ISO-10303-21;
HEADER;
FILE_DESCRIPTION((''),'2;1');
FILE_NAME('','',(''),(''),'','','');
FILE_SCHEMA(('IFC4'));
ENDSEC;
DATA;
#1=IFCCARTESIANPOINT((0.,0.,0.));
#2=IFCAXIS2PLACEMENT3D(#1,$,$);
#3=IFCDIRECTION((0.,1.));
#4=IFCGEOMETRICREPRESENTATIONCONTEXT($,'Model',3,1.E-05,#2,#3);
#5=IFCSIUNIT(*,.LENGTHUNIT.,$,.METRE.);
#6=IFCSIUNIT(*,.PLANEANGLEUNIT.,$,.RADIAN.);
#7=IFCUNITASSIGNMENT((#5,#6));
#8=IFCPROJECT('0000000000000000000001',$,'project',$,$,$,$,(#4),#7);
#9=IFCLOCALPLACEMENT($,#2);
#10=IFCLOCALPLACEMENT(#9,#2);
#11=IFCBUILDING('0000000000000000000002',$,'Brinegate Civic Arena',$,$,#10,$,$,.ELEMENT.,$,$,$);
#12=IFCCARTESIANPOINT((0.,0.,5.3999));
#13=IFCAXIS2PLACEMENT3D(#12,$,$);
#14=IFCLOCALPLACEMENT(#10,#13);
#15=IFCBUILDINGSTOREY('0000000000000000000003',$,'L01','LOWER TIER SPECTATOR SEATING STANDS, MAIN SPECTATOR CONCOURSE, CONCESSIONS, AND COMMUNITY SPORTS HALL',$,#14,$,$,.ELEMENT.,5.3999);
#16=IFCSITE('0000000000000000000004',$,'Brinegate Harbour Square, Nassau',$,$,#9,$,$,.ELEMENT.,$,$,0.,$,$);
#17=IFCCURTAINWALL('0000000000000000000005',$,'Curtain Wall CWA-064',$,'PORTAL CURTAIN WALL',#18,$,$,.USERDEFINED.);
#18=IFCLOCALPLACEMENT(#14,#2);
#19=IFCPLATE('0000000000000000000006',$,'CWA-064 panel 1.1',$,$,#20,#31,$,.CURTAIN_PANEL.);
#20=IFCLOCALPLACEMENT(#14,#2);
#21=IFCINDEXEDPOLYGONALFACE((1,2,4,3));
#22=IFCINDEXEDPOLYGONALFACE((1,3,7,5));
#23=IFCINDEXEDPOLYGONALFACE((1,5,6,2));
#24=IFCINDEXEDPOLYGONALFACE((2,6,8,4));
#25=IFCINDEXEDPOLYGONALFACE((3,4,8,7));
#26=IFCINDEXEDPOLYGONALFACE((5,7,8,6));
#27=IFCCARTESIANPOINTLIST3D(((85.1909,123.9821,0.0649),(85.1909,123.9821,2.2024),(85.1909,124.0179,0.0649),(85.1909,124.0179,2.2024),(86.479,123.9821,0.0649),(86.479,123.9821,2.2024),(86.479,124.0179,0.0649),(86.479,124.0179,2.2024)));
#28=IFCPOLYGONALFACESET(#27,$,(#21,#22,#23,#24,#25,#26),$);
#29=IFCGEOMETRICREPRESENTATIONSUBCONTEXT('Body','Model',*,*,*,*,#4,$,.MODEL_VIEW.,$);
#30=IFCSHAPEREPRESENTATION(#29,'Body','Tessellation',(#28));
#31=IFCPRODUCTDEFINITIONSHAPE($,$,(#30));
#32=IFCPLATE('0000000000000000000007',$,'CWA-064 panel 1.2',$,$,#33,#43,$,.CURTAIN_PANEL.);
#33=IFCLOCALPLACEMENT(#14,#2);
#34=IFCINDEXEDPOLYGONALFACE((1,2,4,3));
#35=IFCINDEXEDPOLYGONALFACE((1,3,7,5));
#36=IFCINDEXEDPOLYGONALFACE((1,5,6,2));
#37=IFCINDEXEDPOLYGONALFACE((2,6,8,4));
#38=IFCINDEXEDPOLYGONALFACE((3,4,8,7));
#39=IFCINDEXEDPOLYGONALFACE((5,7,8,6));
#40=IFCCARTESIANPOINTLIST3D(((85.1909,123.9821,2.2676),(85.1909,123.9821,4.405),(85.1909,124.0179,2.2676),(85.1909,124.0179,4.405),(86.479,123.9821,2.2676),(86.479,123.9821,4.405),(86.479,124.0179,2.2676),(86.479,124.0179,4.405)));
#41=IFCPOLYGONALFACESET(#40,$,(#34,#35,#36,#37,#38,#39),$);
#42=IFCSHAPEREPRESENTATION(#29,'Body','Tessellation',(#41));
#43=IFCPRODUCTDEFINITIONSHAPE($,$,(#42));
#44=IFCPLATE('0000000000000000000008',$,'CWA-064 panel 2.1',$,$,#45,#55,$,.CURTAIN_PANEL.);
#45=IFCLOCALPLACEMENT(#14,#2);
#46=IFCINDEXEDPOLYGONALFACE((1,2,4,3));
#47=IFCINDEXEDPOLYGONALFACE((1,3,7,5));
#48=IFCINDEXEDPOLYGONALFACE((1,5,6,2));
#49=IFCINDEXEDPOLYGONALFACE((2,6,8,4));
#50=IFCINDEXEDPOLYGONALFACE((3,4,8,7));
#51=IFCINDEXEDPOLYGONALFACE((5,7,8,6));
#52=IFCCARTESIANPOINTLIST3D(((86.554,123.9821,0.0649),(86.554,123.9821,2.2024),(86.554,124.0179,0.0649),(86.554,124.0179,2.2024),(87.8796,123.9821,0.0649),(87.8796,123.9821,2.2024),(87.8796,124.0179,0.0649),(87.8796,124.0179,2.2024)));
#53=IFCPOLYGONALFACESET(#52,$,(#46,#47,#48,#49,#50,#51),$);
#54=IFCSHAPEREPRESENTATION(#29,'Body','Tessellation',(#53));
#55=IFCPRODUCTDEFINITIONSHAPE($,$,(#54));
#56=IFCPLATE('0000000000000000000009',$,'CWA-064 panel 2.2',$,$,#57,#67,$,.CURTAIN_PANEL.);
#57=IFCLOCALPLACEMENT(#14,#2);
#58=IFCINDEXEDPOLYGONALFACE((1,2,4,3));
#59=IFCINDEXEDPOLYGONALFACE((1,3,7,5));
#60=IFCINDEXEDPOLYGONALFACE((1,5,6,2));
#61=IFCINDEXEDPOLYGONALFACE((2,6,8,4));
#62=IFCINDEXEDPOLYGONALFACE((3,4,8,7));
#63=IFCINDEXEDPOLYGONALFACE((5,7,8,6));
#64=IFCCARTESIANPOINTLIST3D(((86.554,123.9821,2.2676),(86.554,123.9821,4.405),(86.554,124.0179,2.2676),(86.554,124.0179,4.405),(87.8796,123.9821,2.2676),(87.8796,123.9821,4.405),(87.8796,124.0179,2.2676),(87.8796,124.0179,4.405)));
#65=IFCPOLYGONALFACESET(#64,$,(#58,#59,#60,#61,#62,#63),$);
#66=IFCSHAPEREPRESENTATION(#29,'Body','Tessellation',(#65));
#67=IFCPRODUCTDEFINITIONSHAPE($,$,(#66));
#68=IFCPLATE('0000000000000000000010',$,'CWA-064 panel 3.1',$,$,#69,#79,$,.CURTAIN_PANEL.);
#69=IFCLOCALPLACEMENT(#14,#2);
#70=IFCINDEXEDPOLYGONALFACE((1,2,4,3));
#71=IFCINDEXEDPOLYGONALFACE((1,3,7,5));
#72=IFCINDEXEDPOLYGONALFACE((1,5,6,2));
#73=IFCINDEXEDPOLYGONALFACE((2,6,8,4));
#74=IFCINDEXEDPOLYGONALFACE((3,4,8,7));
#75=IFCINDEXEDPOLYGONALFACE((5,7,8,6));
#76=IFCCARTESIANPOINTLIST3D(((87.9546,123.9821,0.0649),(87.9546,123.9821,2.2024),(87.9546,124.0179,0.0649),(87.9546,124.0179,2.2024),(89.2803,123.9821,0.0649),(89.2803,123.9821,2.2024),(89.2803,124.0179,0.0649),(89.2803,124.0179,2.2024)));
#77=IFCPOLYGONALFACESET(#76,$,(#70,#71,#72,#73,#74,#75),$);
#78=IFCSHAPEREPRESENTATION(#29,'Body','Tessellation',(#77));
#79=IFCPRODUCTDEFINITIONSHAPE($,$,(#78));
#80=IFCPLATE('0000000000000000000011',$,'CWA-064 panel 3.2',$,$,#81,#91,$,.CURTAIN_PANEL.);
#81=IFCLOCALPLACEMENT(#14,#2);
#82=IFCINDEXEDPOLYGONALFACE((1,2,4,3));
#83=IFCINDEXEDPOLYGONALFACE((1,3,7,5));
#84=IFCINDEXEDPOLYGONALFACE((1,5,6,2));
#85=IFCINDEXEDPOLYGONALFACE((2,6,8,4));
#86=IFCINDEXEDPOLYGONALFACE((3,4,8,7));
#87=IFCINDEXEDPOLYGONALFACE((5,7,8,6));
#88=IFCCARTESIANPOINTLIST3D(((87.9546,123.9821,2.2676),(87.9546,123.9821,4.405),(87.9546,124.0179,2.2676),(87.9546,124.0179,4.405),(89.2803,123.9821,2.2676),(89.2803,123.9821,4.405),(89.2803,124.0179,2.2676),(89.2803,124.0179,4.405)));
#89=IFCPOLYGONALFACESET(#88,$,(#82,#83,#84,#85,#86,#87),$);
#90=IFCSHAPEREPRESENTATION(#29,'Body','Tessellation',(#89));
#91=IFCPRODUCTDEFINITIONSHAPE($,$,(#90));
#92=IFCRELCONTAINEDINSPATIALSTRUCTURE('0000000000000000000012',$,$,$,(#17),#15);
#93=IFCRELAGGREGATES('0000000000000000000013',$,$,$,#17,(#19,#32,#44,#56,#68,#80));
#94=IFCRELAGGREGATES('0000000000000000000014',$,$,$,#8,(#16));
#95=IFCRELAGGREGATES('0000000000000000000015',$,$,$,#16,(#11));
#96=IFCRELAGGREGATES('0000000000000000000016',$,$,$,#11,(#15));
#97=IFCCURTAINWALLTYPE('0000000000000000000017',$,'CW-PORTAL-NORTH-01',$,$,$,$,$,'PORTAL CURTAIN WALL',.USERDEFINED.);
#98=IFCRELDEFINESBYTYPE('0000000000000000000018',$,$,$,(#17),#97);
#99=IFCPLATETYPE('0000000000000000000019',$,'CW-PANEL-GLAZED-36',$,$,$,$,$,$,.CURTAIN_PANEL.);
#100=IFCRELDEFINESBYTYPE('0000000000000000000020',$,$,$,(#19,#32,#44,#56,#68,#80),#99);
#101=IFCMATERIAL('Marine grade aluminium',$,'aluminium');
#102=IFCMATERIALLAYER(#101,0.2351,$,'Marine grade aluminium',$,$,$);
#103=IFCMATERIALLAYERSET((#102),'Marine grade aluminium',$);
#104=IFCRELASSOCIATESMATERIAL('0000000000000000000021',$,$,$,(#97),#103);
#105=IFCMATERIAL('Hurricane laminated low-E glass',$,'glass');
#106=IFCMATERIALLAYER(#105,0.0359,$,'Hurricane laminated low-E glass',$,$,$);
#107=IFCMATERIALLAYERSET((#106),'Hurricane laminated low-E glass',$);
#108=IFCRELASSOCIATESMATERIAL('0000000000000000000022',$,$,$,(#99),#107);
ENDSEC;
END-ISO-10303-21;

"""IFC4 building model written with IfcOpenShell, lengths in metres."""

from ifc_helpers import new_model, si_unit, direction, frame, origin, origin_2d, place, context, subcontext, project, spatial, rectangle, extrude, material, layer, layer_set, type_object, element, aggregate, save


model = new_model("IFC4")

# Units and contexts
model_context = context("Model", 3, precision=1e-05, world=origin(), true_north=direction((0.0, 1.0)))
body_context = subcontext(model_context, "Body", "Model", "MODEL_VIEW")
ifc_project = project(units=[si_unit("LENGTHUNIT", "METRE"), si_unit("PLANEANGLEUNIT", "RADIAN")], contexts=[model_context])

# Site, building, storey
site_placement = place(None, origin())
site = spatial("IfcSite", under=ifc_project, at=site_placement, Name="Brinegate Harbour Square, Nassau", CompositionType="ELEMENT", RefElevation=0.0)
building_placement = place(site_placement, origin())
building = spatial("IfcBuilding", under=site, at=building_placement, Name="Brinegate Civic Arena", CompositionType="ELEMENT")
storey_placement = place(building_placement, frame((0.0, 0.0, 5.3999)))
storey = spatial("IfcBuildingStorey", under=building, at=storey_placement, Name="L01", Description="LOWER TIER SPECTATOR SEATING STANDS, MAIN SPECTATOR CONCOURSE, CONCESSIONS, AND COMMUNITY SPORTS HALL", CompositionType="ELEMENT", Elevation=5.3999)

# Curtain wall
ifc_material_1 = material(Name="Marine grade aluminium", Category="aluminium")
ifc_layer_1 = layer(ifc_material_1, 0.2351, Name="Marine grade aluminium")
ifc_layer_set_1 = layer_set([ifc_layer_1], Name="Marine grade aluminium")
curtain_wall_type = type_object("IfcCurtainWallType", Name="CW-PORTAL-NORTH-01", ElementType="PORTAL CURTAIN WALL", PredefinedType="USERDEFINED", material=ifc_layer_set_1)
curtain_wall_placement = place(storey_placement, origin())
curtain_wall = element("IfcCurtainWall", 1, at=curtain_wall_placement, inside=storey, type_object=curtain_wall_type, Name="Curtain Wall CWA-064", ObjectType="PORTAL CURTAIN WALL", PredefinedType="USERDEFINED")

# Plates
ifc_material_2 = material(Name="Hurricane laminated low-E glass", Category="glass")
ifc_layer_2 = layer(ifc_material_2, 0.0359, Name="Hurricane laminated low-E glass")
ifc_layer_set_2 = layer_set([ifc_layer_2], Name="Hurricane laminated low-E glass")
plate_type = type_object("IfcPlateType", Name="CW-PANEL-GLAZED-36", PredefinedType="CURTAIN_PANEL", material=ifc_layer_set_2)
plate_1_placement = place(storey_placement, frame((85.835, 124.0, 0.0649), z_axis=(0.0, 0.0, 1.0), x_axis=(1.0, 0.0, 0.0)))
plate_1 = element("IfcPlate", 2, at=plate_1_placement, type_object=plate_type, Name="CWA-064 panel 1.1", PredefinedType="CURTAIN_PANEL", context=body_context, shape_type="SweptSolid", body=[
    extrude(rectangle(XDim=1.2881, YDim=0.0359, at=origin_2d()), origin(), (0.0, 0.0, 1.0), 2.1375),
])
plate_2_placement = place(storey_placement, frame((85.835, 124.0, 2.2676), z_axis=(0.0, 0.0, 1.0), x_axis=(1.0, 0.0, 0.0)))
plate_2 = element("IfcPlate", 3, at=plate_2_placement, type_object=plate_type, Name="CWA-064 panel 1.2", PredefinedType="CURTAIN_PANEL", context=body_context, shape_type="SweptSolid", body=[
    extrude(rectangle(XDim=1.2881, YDim=0.0359, at=origin_2d()), origin(), (0.0, 0.0, 1.0), 2.1375),
])
plate_3_placement = place(storey_placement, frame((87.2168, 124.0, 0.0649), z_axis=(0.0, 0.0, 1.0), x_axis=(1.0, 0.0, 0.0)))
plate_3 = element("IfcPlate", 4, at=plate_3_placement, type_object=plate_type, Name="CWA-064 panel 2.1", PredefinedType="CURTAIN_PANEL", context=body_context, shape_type="SweptSolid", body=[
    extrude(rectangle(XDim=1.3257, YDim=0.0359, at=origin_2d()), origin(), (0.0, 0.0, 1.0), 2.1375),
])
plate_4_placement = place(storey_placement, frame((87.2168, 124.0, 2.2676), z_axis=(0.0, 0.0, 1.0), x_axis=(1.0, 0.0, 0.0)))
plate_4 = element("IfcPlate", 5, at=plate_4_placement, type_object=plate_type, Name="CWA-064 panel 2.2", PredefinedType="CURTAIN_PANEL", context=body_context, shape_type="SweptSolid", body=[
    extrude(rectangle(XDim=1.3257, YDim=0.0359, at=origin_2d()), origin(), (0.0, 0.0, 1.0), 2.1375),
])
plate_5_placement = place(storey_placement, frame((88.6174, 124.0, 0.0649), z_axis=(0.0, 0.0, 1.0), x_axis=(1.0, 0.0, 0.0)))
plate_5 = element("IfcPlate", 6, at=plate_5_placement, type_object=plate_type, Name="CWA-064 panel 3.1", PredefinedType="CURTAIN_PANEL", context=body_context, shape_type="SweptSolid", body=[
    extrude(rectangle(XDim=1.3257, YDim=0.0359, at=origin_2d()), origin(), (0.0, 0.0, 1.0), 2.1375),
])
plate_6_placement = place(storey_placement, frame((88.6174, 124.0, 2.2676), z_axis=(0.0, 0.0, 1.0), x_axis=(1.0, 0.0, 0.0)))
plate_6 = element("IfcPlate", 7, at=plate_6_placement, type_object=plate_type, Name="CWA-064 panel 3.2", PredefinedType="CURTAIN_PANEL", context=body_context, shape_type="SweptSolid", body=[
    extrude(rectangle(XDim=1.3257, YDim=0.0359, at=origin_2d()), origin(), (0.0, 0.0, 1.0), 2.1375),
])
aggregate(curtain_wall, [plate_1, plate_2, plate_3, plate_4, plate_5, plate_6])

save(model, "model.ifc")
